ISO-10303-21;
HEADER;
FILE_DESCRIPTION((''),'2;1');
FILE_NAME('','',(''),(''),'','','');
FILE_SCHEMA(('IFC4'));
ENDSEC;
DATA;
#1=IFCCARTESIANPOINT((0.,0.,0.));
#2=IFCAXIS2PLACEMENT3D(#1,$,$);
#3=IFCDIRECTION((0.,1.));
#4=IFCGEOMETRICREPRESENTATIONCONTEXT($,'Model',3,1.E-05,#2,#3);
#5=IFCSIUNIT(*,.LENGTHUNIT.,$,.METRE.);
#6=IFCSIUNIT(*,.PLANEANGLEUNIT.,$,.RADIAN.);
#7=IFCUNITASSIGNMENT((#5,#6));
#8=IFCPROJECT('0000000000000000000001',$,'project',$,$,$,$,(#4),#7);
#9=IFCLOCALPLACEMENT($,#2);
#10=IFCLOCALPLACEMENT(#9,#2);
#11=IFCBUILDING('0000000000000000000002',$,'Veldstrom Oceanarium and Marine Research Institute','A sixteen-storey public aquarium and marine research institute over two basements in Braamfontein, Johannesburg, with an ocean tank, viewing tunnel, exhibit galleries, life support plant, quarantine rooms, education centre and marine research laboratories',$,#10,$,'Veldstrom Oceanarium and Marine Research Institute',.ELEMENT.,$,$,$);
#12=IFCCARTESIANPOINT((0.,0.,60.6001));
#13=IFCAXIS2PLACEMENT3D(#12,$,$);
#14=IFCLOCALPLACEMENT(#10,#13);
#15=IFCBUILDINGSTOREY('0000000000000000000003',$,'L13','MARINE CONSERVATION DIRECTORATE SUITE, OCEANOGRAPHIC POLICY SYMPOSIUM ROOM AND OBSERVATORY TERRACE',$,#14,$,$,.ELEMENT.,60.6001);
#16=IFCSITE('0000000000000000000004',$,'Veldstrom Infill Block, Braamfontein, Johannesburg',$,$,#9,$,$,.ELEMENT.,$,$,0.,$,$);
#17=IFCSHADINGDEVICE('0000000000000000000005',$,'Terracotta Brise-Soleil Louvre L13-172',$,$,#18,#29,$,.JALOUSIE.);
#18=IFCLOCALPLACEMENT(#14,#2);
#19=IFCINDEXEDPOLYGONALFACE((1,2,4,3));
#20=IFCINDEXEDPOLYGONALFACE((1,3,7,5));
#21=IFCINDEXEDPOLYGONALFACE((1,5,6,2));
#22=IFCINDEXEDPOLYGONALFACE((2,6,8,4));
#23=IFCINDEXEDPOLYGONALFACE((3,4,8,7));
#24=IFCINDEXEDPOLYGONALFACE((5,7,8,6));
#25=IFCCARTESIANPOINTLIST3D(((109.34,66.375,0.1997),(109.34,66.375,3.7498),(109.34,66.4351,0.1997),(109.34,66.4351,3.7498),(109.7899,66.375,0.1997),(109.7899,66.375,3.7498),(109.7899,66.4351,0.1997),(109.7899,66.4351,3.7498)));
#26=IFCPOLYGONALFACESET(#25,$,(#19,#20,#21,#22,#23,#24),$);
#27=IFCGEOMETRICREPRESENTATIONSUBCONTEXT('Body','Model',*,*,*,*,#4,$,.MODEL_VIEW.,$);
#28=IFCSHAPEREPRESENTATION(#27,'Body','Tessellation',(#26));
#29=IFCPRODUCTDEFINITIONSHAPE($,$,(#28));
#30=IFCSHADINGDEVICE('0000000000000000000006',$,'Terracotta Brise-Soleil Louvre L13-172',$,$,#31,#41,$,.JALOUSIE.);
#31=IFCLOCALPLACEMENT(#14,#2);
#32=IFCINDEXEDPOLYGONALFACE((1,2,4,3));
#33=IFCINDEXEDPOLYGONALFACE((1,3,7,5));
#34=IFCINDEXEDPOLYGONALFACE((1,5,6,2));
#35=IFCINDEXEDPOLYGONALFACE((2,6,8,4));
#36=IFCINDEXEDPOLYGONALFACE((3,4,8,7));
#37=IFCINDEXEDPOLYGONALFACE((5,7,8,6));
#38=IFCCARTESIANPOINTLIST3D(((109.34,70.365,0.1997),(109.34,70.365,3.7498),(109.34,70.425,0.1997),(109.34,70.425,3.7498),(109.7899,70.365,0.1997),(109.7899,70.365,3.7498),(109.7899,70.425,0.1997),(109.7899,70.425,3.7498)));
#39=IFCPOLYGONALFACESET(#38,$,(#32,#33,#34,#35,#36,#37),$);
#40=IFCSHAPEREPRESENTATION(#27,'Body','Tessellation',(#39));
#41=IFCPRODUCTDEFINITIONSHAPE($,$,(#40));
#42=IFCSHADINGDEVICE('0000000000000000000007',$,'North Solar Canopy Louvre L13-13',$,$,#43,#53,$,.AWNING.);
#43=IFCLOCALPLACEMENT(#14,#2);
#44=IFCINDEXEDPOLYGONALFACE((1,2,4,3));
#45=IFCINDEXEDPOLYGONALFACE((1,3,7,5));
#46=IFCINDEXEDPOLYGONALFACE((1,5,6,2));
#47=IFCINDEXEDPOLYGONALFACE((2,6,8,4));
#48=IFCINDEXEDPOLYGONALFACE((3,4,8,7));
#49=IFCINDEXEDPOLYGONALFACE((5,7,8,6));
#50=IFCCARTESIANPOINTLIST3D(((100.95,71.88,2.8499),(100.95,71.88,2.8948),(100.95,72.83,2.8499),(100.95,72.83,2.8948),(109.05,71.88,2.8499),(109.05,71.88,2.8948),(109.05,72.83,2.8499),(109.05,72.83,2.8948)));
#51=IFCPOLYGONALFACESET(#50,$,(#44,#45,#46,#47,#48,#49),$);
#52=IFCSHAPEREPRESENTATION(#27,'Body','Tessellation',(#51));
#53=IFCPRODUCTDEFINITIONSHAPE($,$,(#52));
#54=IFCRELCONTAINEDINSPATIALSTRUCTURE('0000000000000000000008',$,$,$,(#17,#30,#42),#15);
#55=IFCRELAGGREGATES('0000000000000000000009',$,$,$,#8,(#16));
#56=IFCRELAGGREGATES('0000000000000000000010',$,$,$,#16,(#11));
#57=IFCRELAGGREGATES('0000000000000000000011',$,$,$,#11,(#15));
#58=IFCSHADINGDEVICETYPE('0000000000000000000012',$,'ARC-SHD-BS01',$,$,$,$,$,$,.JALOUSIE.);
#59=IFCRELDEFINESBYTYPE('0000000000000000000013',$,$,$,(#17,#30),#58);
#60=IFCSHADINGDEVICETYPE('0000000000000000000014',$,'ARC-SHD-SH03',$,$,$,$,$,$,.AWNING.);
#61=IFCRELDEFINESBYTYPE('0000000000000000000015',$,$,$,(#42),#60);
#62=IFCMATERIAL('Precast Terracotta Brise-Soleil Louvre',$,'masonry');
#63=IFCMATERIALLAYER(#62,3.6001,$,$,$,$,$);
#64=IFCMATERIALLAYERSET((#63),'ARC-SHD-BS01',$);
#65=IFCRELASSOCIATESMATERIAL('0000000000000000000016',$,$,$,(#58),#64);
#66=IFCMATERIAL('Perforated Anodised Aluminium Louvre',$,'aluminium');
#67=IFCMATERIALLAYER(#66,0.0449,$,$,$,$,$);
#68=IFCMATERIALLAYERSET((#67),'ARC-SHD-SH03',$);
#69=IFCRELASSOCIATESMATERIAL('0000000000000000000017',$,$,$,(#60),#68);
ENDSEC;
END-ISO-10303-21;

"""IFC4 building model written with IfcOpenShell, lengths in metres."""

from ifc_helpers import new_model, si_unit, direction, frame, origin, origin_2d, place, context, subcontext, project, spatial, rectangle, extrude, material, layer, layer_set, type_object, element, save


model = new_model("IFC4")

# Units and contexts
model_context = context("Model", 3, precision=1e-05, world=origin(), true_north=direction((0.0, 1.0)))
body_context = subcontext(model_context, "Body", "Model", "MODEL_VIEW")
ifc_project = project(units=[si_unit("LENGTHUNIT", "METRE"), si_unit("PLANEANGLEUNIT", "RADIAN")], contexts=[model_context])

# Site, building, storey
site_placement = place(None, origin())
site = spatial("IfcSite", under=ifc_project, at=site_placement, Name="Veldstrom Infill Block, Braamfontein, Johannesburg", CompositionType="ELEMENT", RefElevation=0.0)
building_placement = place(site_placement, origin())
building = spatial("IfcBuilding", under=site, at=building_placement, Name="Veldstrom Oceanarium and Marine Research Institute", Description="A sixteen-storey public aquarium and marine research institute over two basements in Braamfontein, Johannesburg, with an ocean tank, viewing tunnel, exhibit galleries, life support plant, quarantine rooms, education centre and marine research laboratories", LongName="Veldstrom Oceanarium and Marine Research Institute", CompositionType="ELEMENT")
storey_placement = place(building_placement, frame((0.0, 0.0, 60.6001)))
storey = spatial("IfcBuildingStorey", under=building, at=storey_placement, Name="L13", Description="MARINE CONSERVATION DIRECTORATE SUITE, OCEANOGRAPHIC POLICY SYMPOSIUM ROOM AND OBSERVATORY TERRACE", CompositionType="ELEMENT", Elevation=60.6001)

# Shading devices
ifc_material_1 = material(Name="Precast Terracotta Brise-Soleil Louvre", Category="masonry")
ifc_layer_1 = layer(ifc_material_1, 3.6001)
ifc_layer_set_1 = layer_set([ifc_layer_1], Name="ARC-SHD-BS01")
shading_device_type_1 = type_object("IfcShadingDeviceType", Name="ARC-SHD-BS01", PredefinedType="JALOUSIE", material=ifc_layer_set_1)
for number, where, z_axis, x_axis, name in (
    (1, (109.5649, 66.405, 0.1997), (0.0, 0.0, 1.0), (1.0, 0.0, 0.0), "Terracotta Brise-Soleil Louvre L13-172"),
    (2, (109.5649, 70.395, 0.1997), (0.0, 0.0, 1.0), (1.0, 0.0, 0.0), "Terracotta Brise-Soleil Louvre L13-172"),
):
    element("IfcShadingDevice", number, at=place(storey_placement, frame(where, z_axis=z_axis, x_axis=x_axis)), inside=storey, type_object=shading_device_type_1, Name=name, PredefinedType="JALOUSIE", context=body_context, shape_type="SweptSolid", body=[
        extrude(rectangle(XDim=0.45, YDim=0.0601, at=origin_2d()), origin(), (0.0, 0.0, 1.0), 3.55),
    ])
ifc_material_2 = material(Name="Perforated Anodised Aluminium Louvre", Category="aluminium")
ifc_layer_2 = layer(ifc_material_2, 0.0449)
ifc_layer_set_2 = layer_set([ifc_layer_2], Name="ARC-SHD-SH03")
shading_device_type_2 = type_object("IfcShadingDeviceType", Name="ARC-SHD-SH03", PredefinedType="AWNING", material=ifc_layer_set_2)
shading_device_placement = place(storey_placement, frame((105.0, 72.355, 2.8499), z_axis=(0.0, 0.0, 1.0), x_axis=(1.0, 0.0, 0.0)))
element("IfcShadingDevice", 3, at=shading_device_placement, inside=storey, type_object=shading_device_type_2, Name="North Solar Canopy Louvre L13-13", PredefinedType="AWNING", context=body_context, shape_type="SweptSolid", body=[
    extrude(rectangle(XDim=8.1001, YDim=0.95, at=origin_2d()), origin(), (0.0, 0.0, 1.0), 0.0449),
])

save(model, "model.ifc")
